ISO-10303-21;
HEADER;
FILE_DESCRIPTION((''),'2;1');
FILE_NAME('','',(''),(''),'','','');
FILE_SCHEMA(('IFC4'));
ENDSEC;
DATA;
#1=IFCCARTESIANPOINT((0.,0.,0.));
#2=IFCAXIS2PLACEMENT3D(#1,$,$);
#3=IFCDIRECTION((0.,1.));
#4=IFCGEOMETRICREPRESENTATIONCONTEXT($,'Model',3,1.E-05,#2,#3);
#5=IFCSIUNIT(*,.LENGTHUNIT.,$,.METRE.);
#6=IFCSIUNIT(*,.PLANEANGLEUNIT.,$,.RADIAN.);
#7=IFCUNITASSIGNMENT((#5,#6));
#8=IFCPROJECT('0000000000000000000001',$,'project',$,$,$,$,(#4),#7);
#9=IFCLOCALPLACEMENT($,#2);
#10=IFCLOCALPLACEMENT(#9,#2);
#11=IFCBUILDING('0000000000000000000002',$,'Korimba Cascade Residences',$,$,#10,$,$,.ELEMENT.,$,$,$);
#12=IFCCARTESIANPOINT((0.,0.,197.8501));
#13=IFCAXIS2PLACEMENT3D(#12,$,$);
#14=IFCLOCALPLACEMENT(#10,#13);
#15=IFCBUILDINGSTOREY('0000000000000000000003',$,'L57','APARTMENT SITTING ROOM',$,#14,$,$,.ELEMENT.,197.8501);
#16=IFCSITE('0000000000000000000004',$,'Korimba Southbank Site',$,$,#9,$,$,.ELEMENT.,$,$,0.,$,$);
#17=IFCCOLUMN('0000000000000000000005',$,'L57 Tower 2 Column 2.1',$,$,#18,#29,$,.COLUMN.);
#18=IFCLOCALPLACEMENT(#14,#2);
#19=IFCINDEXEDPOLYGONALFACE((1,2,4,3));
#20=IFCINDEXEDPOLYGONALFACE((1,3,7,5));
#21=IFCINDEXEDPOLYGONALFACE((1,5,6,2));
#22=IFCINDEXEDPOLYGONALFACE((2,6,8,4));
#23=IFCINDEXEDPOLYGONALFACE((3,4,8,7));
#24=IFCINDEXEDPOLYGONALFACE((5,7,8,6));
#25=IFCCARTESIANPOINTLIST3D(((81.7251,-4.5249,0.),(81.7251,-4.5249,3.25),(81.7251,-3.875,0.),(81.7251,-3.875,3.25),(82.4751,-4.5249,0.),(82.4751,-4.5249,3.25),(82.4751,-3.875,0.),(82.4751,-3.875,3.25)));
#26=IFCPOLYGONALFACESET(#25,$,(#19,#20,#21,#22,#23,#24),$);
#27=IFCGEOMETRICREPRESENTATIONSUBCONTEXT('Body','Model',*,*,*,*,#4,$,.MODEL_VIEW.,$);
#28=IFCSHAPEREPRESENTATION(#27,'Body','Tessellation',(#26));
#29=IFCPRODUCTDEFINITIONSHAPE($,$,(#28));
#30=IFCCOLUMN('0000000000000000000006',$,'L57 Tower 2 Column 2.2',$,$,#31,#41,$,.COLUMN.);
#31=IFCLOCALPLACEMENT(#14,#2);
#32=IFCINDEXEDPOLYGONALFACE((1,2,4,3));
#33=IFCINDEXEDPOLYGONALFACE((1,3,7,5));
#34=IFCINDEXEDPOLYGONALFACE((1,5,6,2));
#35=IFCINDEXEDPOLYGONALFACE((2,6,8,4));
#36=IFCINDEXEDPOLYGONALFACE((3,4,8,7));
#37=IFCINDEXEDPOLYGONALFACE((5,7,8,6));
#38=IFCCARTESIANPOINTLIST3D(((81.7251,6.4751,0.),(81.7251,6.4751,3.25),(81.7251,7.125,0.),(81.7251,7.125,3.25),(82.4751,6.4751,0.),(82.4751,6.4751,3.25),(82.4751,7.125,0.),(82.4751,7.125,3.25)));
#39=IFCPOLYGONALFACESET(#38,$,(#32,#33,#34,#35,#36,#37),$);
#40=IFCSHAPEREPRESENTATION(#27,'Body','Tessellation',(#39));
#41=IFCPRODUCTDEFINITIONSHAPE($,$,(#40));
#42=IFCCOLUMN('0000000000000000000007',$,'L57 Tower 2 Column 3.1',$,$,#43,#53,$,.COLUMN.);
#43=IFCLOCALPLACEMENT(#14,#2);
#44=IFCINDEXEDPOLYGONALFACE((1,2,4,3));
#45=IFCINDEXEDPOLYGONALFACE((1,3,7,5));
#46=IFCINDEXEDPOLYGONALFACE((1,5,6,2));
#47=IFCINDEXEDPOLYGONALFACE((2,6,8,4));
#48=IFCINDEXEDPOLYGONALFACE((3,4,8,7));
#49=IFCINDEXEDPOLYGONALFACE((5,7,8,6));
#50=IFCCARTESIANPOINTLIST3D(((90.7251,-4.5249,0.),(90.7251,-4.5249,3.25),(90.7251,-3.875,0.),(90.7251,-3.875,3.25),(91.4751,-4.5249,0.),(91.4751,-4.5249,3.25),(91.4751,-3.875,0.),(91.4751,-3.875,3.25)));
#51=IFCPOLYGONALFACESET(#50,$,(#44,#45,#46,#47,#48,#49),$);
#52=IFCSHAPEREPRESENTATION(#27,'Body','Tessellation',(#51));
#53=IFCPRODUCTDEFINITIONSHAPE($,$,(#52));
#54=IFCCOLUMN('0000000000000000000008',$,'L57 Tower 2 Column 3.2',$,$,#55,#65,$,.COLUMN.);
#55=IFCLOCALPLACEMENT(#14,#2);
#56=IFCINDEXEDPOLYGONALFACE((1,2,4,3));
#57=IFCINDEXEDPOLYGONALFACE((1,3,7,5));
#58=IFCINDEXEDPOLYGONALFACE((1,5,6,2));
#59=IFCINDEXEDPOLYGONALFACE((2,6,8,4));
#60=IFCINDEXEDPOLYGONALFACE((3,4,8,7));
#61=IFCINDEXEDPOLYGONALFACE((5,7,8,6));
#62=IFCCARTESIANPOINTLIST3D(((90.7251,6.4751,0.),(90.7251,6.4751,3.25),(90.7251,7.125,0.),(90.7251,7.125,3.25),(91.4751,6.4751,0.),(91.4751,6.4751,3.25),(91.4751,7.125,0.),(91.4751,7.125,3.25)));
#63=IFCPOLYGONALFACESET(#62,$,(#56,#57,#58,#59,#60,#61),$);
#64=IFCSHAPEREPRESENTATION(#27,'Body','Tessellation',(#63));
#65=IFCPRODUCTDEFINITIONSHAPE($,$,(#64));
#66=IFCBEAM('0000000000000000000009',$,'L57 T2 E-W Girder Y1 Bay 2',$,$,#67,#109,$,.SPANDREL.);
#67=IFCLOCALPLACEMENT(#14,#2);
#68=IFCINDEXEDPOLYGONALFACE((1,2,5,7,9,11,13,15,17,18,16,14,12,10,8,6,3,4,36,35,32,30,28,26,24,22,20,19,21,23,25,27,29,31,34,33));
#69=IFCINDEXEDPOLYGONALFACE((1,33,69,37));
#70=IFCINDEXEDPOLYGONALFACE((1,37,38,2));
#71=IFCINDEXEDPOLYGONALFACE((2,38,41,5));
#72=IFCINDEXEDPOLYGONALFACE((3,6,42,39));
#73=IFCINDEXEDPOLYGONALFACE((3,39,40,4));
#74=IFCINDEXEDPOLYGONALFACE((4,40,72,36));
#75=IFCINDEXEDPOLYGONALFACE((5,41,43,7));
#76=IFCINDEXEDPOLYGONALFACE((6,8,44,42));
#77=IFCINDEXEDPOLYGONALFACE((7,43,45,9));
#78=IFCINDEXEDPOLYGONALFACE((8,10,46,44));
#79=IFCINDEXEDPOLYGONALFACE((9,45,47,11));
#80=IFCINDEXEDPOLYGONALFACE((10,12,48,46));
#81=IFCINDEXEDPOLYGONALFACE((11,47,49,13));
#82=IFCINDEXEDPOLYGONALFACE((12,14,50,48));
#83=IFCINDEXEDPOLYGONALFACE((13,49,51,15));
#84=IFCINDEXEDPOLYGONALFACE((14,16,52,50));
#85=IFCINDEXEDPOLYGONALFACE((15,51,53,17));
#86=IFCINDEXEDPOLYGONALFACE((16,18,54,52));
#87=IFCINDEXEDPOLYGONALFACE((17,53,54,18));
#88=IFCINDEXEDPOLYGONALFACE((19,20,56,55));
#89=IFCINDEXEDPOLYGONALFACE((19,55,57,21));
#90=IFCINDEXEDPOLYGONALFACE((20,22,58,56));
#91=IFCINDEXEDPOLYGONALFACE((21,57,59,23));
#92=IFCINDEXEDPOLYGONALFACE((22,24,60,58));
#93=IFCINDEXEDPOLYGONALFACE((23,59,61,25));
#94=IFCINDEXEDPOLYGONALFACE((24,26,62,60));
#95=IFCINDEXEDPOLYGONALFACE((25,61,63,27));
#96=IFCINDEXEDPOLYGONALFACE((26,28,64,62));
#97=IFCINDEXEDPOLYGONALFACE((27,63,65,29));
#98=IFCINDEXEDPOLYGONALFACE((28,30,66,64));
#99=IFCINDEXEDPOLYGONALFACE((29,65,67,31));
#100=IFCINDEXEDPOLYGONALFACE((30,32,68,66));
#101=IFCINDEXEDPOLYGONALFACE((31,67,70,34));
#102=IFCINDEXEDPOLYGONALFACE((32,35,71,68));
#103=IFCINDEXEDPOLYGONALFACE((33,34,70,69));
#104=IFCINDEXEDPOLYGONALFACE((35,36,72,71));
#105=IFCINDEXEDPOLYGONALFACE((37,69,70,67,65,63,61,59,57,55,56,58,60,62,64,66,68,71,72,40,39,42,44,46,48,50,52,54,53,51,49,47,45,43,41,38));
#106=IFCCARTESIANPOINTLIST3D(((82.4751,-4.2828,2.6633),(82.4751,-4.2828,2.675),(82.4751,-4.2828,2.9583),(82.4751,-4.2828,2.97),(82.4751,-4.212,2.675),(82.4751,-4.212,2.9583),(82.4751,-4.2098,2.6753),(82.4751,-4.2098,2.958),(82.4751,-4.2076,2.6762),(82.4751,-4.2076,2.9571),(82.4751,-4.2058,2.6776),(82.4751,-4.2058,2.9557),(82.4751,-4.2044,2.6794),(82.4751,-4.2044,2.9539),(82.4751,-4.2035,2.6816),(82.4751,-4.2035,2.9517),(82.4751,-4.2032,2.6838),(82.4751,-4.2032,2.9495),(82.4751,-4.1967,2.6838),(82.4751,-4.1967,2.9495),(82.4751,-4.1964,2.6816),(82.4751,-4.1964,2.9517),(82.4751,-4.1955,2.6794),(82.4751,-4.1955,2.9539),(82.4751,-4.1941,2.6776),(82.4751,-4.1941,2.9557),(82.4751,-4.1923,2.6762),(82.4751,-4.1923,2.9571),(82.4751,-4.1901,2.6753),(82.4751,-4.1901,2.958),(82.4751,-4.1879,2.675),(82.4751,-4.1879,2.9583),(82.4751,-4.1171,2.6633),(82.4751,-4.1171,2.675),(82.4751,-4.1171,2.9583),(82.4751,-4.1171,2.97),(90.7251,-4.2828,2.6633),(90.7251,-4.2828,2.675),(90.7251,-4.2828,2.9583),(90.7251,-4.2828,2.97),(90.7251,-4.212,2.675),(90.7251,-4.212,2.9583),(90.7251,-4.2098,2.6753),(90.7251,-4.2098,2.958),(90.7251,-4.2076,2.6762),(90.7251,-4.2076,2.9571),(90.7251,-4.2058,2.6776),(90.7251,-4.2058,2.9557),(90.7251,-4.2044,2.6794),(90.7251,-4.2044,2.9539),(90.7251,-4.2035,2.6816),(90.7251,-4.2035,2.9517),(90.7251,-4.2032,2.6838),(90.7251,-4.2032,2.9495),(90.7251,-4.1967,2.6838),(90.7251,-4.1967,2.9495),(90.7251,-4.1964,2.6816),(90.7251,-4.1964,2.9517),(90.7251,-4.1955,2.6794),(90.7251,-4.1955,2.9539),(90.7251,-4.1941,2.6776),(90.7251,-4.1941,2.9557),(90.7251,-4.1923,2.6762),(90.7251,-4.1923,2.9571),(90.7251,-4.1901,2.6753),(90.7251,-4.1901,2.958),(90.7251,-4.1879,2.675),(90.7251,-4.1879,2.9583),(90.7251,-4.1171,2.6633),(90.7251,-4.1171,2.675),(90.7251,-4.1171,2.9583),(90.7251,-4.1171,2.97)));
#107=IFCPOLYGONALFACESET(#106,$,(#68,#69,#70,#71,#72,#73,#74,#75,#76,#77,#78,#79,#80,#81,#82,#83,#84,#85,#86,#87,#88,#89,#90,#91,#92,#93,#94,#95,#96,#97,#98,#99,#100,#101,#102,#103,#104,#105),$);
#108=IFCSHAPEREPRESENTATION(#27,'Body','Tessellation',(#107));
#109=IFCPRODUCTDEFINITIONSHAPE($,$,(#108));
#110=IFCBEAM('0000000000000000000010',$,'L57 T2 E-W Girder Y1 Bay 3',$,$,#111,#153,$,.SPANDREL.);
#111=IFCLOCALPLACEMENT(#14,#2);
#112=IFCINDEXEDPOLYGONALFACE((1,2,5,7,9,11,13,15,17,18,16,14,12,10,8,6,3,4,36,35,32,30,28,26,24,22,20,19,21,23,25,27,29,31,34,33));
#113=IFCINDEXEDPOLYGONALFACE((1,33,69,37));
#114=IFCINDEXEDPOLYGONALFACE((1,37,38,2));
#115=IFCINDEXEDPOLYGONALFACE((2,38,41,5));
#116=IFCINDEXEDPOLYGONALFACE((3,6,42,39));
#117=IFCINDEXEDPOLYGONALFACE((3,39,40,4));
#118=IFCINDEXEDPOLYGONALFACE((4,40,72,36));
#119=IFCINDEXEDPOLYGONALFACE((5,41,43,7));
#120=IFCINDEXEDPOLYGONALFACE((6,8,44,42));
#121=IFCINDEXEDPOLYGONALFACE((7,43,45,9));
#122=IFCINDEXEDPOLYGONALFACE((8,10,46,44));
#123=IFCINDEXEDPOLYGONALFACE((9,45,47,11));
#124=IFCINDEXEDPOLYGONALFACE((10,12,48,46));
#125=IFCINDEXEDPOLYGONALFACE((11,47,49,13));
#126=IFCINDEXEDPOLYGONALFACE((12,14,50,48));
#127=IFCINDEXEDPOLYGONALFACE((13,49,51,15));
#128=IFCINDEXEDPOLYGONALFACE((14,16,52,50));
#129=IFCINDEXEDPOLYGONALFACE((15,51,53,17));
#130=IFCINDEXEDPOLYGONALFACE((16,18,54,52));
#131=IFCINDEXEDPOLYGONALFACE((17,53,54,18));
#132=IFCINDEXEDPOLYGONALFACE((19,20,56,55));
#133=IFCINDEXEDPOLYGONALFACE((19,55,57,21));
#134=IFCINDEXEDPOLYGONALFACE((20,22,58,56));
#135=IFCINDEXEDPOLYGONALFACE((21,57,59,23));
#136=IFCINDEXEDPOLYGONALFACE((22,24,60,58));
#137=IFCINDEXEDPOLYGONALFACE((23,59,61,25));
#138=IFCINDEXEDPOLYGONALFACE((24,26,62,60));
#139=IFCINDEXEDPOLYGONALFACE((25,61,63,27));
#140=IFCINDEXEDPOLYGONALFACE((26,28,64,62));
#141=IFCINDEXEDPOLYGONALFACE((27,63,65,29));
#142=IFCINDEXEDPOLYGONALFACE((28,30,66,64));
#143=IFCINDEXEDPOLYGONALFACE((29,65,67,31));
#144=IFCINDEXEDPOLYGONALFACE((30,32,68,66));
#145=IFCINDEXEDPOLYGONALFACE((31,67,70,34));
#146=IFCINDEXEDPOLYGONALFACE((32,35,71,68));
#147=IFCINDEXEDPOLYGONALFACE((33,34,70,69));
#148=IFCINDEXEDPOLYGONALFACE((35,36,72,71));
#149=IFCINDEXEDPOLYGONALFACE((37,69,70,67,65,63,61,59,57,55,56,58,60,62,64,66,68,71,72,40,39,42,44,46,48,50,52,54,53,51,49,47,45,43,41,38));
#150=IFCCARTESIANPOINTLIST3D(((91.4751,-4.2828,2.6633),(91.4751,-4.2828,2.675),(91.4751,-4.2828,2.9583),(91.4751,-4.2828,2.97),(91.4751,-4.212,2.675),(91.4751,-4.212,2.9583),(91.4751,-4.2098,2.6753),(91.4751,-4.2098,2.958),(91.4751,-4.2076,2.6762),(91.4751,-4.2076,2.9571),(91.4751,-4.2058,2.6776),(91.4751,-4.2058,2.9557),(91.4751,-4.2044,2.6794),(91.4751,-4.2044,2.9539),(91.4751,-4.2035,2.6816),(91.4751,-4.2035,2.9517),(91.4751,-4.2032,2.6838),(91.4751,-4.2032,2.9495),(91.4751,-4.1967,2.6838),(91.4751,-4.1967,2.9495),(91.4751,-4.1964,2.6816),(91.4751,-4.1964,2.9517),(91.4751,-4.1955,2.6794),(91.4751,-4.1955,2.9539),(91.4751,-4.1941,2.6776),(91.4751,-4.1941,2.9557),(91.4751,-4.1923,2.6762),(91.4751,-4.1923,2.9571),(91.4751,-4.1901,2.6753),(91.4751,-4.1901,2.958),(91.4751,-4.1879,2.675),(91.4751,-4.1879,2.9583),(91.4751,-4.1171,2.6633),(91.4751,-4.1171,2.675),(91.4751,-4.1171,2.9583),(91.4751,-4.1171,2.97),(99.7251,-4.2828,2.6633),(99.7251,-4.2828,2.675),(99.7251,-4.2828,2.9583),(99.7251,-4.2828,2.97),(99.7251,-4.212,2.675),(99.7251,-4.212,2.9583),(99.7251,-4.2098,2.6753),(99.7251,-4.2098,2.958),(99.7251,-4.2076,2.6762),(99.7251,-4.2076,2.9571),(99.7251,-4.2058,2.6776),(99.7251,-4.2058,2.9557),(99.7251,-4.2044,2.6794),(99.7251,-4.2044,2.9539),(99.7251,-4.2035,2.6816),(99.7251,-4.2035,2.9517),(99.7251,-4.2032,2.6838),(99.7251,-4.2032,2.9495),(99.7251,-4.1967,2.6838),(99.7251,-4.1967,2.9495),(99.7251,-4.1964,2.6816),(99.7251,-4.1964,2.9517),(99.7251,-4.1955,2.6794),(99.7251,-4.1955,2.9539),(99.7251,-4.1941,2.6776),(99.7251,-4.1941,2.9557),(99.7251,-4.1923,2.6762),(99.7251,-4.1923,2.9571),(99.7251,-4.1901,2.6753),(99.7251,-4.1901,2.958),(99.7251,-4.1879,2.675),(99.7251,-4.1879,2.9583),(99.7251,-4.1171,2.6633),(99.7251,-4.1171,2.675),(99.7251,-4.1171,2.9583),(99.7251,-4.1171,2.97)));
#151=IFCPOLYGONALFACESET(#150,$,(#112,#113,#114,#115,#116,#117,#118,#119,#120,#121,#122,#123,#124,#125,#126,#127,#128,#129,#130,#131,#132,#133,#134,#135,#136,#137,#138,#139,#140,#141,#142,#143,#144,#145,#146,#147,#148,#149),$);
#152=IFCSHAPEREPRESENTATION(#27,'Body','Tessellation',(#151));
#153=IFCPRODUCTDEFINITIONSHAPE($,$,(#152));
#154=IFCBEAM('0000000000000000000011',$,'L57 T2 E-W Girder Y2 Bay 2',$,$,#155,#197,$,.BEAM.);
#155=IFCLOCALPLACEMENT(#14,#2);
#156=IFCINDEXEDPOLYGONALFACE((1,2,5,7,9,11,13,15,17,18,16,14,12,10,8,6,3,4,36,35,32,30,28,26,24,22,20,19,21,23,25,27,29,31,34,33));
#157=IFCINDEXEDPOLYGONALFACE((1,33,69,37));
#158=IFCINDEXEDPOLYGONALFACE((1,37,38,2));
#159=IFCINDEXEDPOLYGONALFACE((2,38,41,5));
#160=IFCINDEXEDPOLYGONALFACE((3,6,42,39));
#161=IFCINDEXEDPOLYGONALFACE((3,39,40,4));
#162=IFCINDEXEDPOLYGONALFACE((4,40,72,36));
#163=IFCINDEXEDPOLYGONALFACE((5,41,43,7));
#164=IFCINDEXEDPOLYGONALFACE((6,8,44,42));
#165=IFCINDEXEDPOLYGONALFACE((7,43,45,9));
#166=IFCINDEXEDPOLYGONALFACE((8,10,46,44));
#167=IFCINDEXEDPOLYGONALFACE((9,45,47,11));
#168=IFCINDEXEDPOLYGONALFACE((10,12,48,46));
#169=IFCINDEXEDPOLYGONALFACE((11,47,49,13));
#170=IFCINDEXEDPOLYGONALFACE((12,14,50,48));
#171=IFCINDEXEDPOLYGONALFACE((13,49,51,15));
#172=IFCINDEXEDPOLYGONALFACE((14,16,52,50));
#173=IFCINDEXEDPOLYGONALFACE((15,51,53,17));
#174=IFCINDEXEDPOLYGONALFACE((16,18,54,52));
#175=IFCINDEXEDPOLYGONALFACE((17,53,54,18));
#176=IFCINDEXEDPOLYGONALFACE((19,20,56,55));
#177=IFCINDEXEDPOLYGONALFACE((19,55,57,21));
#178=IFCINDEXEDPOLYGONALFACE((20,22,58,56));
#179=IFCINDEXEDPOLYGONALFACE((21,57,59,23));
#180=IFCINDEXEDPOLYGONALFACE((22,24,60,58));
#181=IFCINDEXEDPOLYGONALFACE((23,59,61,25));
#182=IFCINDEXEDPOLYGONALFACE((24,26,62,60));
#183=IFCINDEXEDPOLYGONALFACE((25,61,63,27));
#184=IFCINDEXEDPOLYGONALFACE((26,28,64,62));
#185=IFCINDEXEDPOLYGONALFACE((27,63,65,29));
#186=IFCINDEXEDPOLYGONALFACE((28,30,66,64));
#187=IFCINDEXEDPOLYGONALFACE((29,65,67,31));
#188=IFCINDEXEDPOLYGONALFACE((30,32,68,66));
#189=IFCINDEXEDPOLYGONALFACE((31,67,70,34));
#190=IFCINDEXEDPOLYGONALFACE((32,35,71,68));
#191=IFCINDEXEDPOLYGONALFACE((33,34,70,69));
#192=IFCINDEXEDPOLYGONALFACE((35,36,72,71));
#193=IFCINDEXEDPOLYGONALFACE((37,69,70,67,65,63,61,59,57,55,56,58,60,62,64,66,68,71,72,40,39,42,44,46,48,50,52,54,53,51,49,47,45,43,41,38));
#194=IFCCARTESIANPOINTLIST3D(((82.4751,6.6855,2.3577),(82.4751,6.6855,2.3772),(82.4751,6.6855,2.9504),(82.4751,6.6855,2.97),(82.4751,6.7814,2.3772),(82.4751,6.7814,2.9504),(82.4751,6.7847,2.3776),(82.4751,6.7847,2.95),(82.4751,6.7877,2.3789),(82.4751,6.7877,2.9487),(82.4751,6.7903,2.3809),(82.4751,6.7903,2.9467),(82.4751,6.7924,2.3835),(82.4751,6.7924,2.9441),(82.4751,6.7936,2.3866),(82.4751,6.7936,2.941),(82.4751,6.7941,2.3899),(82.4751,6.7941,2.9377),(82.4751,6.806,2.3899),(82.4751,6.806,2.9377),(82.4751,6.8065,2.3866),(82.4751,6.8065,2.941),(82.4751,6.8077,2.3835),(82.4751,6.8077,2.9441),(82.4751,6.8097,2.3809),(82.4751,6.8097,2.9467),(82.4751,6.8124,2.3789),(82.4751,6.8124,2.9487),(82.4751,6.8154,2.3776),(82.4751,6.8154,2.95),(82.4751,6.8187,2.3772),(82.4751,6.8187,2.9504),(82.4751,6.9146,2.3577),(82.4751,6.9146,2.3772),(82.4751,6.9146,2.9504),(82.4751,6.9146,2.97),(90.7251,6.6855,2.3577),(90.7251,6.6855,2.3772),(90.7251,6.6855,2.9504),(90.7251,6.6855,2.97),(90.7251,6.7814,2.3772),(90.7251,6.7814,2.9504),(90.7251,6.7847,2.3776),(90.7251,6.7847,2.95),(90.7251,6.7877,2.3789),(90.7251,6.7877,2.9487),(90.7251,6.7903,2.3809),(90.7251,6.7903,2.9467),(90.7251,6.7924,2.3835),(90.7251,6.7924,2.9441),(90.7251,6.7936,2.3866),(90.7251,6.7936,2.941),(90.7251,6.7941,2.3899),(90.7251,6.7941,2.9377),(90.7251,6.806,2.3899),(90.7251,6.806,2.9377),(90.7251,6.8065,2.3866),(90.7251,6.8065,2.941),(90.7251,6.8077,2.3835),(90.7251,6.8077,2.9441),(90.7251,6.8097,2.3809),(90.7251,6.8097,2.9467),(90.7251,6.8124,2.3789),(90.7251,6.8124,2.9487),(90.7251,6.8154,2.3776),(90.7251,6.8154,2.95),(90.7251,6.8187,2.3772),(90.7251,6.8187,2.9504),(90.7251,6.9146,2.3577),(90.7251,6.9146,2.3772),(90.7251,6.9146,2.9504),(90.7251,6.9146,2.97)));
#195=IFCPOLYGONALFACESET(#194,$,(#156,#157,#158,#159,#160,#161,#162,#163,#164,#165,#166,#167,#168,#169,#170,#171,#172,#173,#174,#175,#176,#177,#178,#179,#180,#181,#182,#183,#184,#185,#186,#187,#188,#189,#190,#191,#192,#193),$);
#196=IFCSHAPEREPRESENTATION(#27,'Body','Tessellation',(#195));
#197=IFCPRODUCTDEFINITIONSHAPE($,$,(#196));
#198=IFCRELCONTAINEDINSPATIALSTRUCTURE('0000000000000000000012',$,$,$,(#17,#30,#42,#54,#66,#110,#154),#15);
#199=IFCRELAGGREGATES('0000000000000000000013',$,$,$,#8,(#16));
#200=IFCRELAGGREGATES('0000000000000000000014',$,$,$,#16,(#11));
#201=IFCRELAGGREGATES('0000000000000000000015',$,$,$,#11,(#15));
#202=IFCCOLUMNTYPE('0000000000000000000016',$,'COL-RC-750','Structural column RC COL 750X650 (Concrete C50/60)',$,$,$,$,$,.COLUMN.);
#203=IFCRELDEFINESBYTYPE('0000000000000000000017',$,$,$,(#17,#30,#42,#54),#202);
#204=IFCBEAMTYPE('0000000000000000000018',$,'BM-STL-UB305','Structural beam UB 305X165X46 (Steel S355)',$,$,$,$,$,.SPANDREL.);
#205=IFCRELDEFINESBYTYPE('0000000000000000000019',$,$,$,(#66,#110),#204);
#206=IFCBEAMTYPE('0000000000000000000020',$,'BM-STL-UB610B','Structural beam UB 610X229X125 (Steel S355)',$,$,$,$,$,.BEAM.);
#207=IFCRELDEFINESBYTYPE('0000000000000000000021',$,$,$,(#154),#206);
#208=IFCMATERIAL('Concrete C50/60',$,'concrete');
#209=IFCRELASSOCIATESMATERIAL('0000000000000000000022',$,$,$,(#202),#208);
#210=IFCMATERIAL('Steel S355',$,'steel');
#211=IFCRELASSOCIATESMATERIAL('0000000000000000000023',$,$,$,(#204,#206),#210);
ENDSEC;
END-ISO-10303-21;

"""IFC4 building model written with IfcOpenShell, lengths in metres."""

from ifc_helpers import new_model, si_unit, direction, frame, origin, origin_2d, place, context, subcontext, project, spatial, rectangle, i_section, extrude, material, material_profile, profile_set, type_object, element, save


model = new_model("IFC4")

# Units and contexts
model_context = context("Model", 3, precision=1e-05, world=origin(), true_north=direction((0.0, 1.0)))
body_context = subcontext(model_context, "Body", "Model", "MODEL_VIEW")
ifc_project = project(units=[si_unit("LENGTHUNIT", "METRE"), si_unit("PLANEANGLEUNIT", "RADIAN")], contexts=[model_context])

# Site, building, storey
site_placement = place(None, origin())
site = spatial("IfcSite", under=ifc_project, at=site_placement, Name="Korimba Southbank Site", CompositionType="ELEMENT", RefElevation=0.0)
building_placement = place(site_placement, origin())
building = spatial("IfcBuilding", under=site, at=building_placement, Name="Korimba Cascade Residences", CompositionType="ELEMENT")
storey_placement = place(building_placement, frame((0.0, 0.0, 197.8501)))
storey = spatial("IfcBuildingStorey", under=building, at=storey_placement, Name="L57", Description="APARTMENT SITTING ROOM", CompositionType="ELEMENT", Elevation=197.8501)

# Columns
ifc_material_1 = material(Name="Concrete C50/60", Category="concrete")
ifc_material_profile_1 = material_profile(ifc_material_1, rectangle(XDim=0.75, YDim=0.6499, at=origin_2d()), Name="Concrete C50/60")
ifc_profile_set_1 = profile_set([ifc_material_profile_1], Name="Concrete C50/60")
column_type = type_object("IfcColumnType", Name="COL-RC-750", Description="Structural column RC COL 750X650 (Concrete C50/60)", PredefinedType="COLUMN", material=ifc_profile_set_1)
for number, where, z_axis, x_axis, name in (
    (1, (82.1001, -4.2, 0.0), (0.0, 0.0, 1.0), (1.0, 0.0, 0.0), "L57 Tower 2 Column 2.1"),
    (2, (82.1001, 6.8, 0.0), (0.0, 0.0, 1.0), (1.0, 0.0, 0.0), "L57 Tower 2 Column 2.2"),
    (3, (91.1001, -4.2, 0.0), (0.0, 0.0, 1.0), (1.0, 0.0, 0.0), "L57 Tower 2 Column 3.1"),
    (4, (91.1001, 6.8, 0.0), (0.0, 0.0, 1.0), (1.0, 0.0, 0.0), "L57 Tower 2 Column 3.2"),
):
    element("IfcColumn", number, at=place(storey_placement, frame(where, z_axis=z_axis, x_axis=x_axis)), inside=storey, type_object=column_type, Name=name, PredefinedType="COLUMN", context=body_context, shape_type="SweptSolid", body=[
        extrude(rectangle(XDim=0.75, YDim=0.6499, at=origin_2d()), origin(), (0.0, 0.0, 1.0), 3.25),
    ])

# Beams
ifc_material_2 = material(Name="Steel S355", Category="steel")
ifc_material_profile_2 = material_profile(ifc_material_2, i_section(OverallWidth=0.1658, OverallDepth=0.3066, WebThickness=0.0066, FlangeThickness=0.0117, FilletRadius=0.0088, at=origin_2d()), Name="Steel S355")
ifc_profile_set_2 = profile_set([ifc_material_profile_2], Name="Steel S355")
beam_type_1 = type_object("IfcBeamType", Name="BM-STL-UB305", Description="Structural beam UB 305X165X46 (Steel S355)", PredefinedType="SPANDREL", material=ifc_profile_set_2)
for number, where, z_axis, x_axis, name in (
    (5, (82.4751, -4.2, 2.8167), (1.0, 0.0, 0.0), (0.0, 1.0, 0.0), "L57 T2 E-W Girder Y1 Bay 2"),
    (6, (91.4751, -4.2, 2.8167), (1.0, 0.0, 0.0), (0.0, 1.0, 0.0), "L57 T2 E-W Girder Y1 Bay 3"),
):
    element("IfcBeam", number, at=place(storey_placement, frame(where, z_axis=z_axis, x_axis=x_axis)), inside=storey, type_object=beam_type_1, Name=name, PredefinedType="SPANDREL", context=body_context, shape_type="SweptSolid", body=[
        extrude(i_section(OverallWidth=0.1658, OverallDepth=0.3066, WebThickness=0.0066, FlangeThickness=0.0117, FilletRadius=0.0088, at=origin_2d()), origin(), (0.0, 0.0, 1.0), 8.25),
    ])
ifc_material_profile_3 = material_profile(ifc_material_2, i_section(OverallWidth=0.229, OverallDepth=0.6123, WebThickness=0.012, FlangeThickness=0.0195, FilletRadius=0.0127, at=origin_2d()), Name="Steel S355")
ifc_profile_set_3 = profile_set([ifc_material_profile_3], Name="Steel S355")
beam_type_2 = type_object("IfcBeamType", Name="BM-STL-UB610B", Description="Structural beam UB 610X229X125 (Steel S355)", PredefinedType="BEAM", material=ifc_profile_set_3)
for number, where, z_axis, x_axis, name in (
    (7, (82.4751, 6.8, 2.6638), (1.0, 0.0, 0.0), (0.0, 1.0, 0.0), "L57 T2 E-W Girder Y2 Bay 2"),
):
    element("IfcBeam", number, at=place(storey_placement, frame(where, z_axis=z_axis, x_axis=x_axis)), inside=storey, type_object=beam_type_2, Name=name, PredefinedType="BEAM", context=body_context, shape_type="SweptSolid", body=[
        extrude(i_section(OverallWidth=0.229, OverallDepth=0.6123, WebThickness=0.012, FlangeThickness=0.0195, FilletRadius=0.0127, at=origin_2d()), origin(), (0.0, 0.0, 1.0), 8.25),
    ])

save(model, "model.ifc")
